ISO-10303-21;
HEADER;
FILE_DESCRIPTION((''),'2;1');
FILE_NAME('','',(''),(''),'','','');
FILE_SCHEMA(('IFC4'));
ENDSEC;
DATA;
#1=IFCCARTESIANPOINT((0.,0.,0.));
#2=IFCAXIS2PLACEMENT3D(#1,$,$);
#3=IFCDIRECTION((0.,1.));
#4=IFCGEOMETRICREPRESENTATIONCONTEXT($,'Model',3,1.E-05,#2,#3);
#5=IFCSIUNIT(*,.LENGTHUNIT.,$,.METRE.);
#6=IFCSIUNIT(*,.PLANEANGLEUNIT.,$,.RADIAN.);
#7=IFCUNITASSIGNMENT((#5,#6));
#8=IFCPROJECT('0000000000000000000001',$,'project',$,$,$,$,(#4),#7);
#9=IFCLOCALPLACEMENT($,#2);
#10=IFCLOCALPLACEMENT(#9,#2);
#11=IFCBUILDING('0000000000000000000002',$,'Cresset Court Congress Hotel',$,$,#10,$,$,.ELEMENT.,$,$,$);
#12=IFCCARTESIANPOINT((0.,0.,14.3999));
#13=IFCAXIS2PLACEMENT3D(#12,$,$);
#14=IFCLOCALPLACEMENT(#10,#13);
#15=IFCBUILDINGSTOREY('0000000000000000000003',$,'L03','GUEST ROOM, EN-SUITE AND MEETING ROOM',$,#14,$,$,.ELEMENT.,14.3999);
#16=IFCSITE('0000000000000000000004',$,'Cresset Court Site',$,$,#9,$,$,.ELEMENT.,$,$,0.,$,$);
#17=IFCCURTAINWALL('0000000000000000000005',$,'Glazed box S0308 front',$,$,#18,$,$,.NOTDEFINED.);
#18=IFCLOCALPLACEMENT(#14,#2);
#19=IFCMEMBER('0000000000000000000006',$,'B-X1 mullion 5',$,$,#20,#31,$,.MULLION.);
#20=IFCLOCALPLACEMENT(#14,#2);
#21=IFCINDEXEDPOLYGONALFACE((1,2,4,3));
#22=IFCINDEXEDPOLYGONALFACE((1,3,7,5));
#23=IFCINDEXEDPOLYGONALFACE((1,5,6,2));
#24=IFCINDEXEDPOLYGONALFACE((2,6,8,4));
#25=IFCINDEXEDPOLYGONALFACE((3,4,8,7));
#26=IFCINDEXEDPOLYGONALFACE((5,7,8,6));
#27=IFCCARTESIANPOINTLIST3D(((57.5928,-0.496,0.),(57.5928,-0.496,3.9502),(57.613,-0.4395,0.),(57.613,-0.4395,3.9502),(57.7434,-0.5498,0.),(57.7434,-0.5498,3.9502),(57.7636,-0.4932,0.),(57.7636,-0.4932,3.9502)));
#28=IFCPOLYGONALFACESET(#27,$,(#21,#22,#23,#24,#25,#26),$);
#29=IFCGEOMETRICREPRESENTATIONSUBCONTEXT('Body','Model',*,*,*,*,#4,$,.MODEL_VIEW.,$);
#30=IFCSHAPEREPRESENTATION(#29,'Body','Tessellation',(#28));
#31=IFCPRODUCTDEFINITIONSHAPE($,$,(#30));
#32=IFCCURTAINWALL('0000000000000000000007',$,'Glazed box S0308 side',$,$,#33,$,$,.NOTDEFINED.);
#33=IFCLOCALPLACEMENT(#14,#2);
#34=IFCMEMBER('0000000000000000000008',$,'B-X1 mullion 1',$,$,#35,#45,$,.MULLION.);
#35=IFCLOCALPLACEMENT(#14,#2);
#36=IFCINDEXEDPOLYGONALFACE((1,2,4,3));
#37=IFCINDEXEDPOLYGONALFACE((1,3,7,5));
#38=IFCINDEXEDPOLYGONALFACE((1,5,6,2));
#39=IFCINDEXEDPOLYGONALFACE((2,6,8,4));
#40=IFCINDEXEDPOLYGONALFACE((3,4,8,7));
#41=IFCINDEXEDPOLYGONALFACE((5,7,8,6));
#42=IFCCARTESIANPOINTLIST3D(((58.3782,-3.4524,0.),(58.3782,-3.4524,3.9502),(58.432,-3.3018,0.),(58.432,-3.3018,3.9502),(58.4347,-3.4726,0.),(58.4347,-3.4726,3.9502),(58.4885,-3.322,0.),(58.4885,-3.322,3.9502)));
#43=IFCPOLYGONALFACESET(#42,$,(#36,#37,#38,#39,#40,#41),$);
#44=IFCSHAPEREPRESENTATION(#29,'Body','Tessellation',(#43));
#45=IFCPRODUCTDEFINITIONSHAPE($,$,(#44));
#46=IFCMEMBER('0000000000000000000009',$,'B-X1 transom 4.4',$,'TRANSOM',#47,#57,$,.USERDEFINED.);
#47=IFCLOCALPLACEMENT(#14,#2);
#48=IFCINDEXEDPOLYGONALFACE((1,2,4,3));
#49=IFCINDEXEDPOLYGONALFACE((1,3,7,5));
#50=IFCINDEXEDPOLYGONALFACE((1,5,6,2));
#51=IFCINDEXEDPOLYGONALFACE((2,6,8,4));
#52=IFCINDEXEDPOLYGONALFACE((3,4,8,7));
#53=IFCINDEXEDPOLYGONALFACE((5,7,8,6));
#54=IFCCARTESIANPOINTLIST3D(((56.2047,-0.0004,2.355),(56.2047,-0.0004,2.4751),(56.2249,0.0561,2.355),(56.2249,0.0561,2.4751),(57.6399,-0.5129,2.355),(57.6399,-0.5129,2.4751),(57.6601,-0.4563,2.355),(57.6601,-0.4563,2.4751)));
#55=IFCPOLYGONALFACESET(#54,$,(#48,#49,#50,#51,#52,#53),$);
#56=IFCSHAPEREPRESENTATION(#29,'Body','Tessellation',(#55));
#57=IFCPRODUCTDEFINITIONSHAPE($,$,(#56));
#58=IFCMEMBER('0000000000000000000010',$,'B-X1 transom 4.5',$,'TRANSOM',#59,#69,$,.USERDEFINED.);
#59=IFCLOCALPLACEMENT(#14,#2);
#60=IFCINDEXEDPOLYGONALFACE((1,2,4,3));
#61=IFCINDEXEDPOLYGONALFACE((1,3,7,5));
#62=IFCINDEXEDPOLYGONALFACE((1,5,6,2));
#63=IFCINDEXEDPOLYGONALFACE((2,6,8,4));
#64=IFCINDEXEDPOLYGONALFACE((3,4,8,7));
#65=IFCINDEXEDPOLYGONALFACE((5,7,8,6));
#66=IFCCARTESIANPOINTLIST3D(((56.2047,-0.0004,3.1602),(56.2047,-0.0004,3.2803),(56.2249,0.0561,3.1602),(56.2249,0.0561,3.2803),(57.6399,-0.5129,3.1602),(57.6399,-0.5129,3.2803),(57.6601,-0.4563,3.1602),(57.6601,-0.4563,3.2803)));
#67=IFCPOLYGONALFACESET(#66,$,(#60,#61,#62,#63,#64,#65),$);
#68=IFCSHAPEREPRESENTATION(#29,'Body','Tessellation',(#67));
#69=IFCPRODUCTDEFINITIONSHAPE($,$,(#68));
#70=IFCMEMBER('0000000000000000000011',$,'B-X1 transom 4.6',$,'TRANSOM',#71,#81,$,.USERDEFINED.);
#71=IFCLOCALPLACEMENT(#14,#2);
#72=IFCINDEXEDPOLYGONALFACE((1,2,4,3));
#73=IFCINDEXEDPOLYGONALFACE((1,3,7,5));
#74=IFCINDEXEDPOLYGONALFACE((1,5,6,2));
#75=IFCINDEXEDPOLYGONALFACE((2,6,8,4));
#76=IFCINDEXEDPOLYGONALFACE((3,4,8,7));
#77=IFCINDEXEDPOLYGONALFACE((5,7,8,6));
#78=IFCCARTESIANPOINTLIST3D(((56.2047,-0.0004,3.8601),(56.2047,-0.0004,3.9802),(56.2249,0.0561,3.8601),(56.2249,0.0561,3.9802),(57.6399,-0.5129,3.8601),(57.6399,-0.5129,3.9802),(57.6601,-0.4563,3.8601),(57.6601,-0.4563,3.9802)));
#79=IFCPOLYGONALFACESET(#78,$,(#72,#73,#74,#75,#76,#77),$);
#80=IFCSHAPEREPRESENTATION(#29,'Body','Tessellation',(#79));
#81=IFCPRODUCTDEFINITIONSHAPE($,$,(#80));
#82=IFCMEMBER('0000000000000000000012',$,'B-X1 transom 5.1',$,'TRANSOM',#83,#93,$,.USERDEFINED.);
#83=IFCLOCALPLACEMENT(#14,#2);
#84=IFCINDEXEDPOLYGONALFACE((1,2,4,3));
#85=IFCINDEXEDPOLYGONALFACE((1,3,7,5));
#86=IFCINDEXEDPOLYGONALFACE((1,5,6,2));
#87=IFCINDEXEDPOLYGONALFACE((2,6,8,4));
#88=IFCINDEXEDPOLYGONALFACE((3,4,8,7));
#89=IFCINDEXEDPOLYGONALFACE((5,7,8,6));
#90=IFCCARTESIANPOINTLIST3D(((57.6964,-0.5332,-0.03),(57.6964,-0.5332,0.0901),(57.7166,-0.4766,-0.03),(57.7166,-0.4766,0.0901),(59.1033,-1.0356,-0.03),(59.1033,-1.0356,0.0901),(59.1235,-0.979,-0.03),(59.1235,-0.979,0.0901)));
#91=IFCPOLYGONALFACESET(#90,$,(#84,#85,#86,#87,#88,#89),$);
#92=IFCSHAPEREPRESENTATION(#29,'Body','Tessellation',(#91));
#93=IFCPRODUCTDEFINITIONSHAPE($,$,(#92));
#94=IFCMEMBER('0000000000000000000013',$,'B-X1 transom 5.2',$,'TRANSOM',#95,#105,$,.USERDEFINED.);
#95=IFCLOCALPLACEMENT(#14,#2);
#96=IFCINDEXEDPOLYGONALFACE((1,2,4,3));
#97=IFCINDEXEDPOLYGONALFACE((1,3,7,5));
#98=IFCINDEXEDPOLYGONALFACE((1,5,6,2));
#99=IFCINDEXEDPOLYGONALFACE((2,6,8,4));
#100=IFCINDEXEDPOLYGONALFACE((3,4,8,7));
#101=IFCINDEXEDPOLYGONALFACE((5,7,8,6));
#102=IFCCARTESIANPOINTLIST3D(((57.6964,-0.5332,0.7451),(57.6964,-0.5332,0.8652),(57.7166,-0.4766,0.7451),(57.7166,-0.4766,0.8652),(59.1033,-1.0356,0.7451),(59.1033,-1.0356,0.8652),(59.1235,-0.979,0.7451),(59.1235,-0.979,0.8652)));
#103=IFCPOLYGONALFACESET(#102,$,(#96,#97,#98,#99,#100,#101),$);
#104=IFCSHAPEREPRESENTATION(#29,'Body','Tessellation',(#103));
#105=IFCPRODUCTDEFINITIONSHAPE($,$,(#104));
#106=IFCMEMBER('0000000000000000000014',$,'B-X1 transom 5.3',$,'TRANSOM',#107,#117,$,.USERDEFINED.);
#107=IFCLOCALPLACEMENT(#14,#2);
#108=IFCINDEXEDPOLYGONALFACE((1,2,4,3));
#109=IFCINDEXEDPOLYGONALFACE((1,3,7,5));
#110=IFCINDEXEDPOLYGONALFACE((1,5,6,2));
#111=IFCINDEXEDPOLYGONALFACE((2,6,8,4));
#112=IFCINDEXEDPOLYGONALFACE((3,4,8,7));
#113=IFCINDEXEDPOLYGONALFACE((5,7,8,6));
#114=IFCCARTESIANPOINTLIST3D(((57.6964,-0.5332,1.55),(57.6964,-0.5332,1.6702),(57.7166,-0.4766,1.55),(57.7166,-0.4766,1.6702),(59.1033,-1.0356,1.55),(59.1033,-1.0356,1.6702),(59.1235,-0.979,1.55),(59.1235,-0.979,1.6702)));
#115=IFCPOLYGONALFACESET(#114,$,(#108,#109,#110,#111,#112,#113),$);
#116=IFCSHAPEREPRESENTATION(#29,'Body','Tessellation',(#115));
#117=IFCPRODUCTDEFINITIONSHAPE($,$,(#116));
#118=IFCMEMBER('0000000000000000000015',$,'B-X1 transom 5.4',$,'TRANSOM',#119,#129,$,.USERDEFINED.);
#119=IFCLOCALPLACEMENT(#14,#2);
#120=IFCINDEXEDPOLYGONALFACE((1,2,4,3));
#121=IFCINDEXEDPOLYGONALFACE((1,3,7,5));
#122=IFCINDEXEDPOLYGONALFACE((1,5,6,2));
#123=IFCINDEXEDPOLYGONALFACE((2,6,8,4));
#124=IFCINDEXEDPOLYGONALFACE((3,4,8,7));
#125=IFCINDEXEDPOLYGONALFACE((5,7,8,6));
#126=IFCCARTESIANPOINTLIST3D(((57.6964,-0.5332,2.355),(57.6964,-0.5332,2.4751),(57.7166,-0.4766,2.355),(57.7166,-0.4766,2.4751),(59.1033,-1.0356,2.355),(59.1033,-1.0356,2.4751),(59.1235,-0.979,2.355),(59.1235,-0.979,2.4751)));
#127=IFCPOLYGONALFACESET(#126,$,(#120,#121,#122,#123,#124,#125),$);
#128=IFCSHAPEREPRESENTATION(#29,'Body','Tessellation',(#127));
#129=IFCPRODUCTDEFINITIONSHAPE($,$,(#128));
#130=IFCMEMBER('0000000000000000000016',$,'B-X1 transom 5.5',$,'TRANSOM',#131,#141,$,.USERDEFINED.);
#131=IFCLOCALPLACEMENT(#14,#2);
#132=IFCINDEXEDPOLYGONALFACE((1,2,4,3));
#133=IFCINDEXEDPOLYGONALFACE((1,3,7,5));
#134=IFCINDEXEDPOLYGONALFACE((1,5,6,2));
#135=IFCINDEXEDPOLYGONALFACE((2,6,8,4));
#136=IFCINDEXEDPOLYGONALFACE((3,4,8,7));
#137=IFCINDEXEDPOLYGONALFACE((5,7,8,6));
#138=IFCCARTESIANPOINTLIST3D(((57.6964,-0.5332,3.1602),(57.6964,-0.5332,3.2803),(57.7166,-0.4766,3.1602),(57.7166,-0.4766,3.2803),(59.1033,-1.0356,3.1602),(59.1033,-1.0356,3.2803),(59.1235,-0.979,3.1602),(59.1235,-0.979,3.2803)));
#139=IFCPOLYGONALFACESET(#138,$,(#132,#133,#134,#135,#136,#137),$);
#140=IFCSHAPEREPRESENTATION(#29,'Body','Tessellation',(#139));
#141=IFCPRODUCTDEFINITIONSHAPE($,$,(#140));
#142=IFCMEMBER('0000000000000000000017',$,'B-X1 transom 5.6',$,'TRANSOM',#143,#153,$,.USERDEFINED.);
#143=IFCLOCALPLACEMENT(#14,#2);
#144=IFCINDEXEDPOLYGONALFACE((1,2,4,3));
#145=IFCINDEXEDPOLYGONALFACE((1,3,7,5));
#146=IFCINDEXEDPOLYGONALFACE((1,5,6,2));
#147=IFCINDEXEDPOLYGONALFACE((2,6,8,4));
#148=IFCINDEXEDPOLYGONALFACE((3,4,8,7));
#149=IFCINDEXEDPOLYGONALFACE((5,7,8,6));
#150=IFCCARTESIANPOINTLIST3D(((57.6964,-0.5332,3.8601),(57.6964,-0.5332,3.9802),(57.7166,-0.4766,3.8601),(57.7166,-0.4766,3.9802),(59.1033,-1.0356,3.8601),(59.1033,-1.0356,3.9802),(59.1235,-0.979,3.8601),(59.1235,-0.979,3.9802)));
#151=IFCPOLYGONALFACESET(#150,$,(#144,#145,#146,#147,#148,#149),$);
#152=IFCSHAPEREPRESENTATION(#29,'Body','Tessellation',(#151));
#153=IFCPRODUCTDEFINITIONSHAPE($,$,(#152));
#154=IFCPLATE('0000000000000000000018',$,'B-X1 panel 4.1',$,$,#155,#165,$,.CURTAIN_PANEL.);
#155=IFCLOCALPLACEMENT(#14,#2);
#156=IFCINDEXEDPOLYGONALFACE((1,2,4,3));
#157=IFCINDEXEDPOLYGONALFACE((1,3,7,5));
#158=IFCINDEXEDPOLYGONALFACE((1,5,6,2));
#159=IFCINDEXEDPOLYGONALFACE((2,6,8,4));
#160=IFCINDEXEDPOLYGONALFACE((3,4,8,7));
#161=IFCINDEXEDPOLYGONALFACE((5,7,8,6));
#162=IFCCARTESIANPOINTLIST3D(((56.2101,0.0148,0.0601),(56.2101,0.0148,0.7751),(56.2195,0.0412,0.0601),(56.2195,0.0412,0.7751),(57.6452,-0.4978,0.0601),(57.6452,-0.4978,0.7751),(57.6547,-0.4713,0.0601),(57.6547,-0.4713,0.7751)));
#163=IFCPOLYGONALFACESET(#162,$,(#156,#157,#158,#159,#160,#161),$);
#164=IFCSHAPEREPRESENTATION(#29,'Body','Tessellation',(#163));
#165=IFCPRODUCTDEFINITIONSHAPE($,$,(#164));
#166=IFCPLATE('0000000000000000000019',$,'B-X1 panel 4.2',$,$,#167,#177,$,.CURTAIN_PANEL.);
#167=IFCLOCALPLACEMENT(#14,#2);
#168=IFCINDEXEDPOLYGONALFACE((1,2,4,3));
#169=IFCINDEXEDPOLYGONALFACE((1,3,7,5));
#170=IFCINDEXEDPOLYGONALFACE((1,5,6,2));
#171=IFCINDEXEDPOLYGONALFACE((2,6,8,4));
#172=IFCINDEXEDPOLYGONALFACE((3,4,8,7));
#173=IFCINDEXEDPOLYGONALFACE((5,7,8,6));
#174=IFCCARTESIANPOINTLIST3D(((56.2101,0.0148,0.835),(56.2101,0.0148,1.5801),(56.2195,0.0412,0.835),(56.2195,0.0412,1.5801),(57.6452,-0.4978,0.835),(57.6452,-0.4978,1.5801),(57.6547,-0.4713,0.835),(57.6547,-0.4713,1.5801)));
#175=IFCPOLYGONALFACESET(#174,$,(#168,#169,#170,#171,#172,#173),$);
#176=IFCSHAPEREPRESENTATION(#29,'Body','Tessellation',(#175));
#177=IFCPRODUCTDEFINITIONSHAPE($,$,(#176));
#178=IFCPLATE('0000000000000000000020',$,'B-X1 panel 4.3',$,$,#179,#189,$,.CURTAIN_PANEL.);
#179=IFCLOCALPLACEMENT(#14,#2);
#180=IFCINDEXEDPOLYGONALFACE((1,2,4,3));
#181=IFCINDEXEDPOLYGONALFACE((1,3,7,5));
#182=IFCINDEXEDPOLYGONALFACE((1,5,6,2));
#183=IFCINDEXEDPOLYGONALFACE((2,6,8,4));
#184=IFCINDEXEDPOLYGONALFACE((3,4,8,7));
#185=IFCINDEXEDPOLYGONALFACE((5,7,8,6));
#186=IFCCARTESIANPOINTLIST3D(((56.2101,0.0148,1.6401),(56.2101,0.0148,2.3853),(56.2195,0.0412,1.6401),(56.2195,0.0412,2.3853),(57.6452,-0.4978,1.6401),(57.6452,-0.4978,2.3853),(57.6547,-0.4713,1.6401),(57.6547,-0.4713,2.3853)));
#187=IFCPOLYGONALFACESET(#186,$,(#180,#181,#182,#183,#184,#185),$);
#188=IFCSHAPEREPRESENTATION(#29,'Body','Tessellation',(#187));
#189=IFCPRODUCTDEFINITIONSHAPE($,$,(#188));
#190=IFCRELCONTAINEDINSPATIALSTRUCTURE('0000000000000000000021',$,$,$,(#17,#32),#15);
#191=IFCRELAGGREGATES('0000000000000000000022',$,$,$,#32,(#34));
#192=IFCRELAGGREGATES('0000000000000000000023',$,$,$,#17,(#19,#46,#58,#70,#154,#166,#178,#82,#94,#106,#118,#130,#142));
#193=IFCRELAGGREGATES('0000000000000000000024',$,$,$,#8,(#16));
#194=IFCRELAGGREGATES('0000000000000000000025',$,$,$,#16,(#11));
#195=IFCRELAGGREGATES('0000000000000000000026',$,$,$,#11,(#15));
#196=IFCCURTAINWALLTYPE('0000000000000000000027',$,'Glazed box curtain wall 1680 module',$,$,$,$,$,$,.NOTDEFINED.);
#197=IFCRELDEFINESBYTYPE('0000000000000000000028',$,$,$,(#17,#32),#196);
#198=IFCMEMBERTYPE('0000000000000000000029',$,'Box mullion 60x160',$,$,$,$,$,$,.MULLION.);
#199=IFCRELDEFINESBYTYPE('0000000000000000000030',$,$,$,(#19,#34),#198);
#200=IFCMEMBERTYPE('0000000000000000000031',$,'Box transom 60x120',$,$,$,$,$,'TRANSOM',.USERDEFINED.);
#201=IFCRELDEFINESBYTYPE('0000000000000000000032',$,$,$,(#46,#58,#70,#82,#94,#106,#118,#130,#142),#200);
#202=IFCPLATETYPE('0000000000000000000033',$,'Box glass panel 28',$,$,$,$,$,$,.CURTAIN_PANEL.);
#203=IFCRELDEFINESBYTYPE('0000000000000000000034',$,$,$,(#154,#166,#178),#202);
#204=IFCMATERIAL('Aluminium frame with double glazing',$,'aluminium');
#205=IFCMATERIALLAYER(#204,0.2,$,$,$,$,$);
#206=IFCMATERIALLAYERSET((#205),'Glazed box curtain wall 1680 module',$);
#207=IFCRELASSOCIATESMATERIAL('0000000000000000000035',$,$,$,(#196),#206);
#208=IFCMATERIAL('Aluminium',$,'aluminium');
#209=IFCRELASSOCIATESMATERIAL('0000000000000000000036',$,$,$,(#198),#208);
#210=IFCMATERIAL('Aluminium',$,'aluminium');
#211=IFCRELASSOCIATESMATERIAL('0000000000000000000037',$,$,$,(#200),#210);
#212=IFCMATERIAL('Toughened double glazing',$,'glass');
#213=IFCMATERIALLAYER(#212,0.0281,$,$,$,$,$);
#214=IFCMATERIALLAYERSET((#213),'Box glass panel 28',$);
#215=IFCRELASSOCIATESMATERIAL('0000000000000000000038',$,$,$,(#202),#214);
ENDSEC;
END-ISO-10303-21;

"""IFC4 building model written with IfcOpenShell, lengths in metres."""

from ifc_helpers import new_model, si_unit, direction, frame, origin, origin_2d, place, context, subcontext, project, spatial, rectangle, extrude, material, layer, layer_set, material_profile, profile_set, type_object, element, aggregate, save


model = new_model("IFC4")

# Units and contexts
model_context = context("Model", 3, precision=1e-05, world=origin(), true_north=direction((0.0, 1.0)))
body_context = subcontext(model_context, "Body", "Model", "MODEL_VIEW")
ifc_project = project(units=[si_unit("LENGTHUNIT", "METRE"), si_unit("PLANEANGLEUNIT", "RADIAN")], contexts=[model_context])

# Site, building, storey
site_placement = place(None, origin())
site = spatial("IfcSite", under=ifc_project, at=site_placement, Name="Cresset Court Site", CompositionType="ELEMENT", RefElevation=0.0)
building_placement = place(site_placement, origin())
building = spatial("IfcBuilding", under=site, at=building_placement, Name="Cresset Court Congress Hotel", CompositionType="ELEMENT")
storey_placement = place(building_placement, frame((0.0, 0.0, 14.3999)))
storey = spatial("IfcBuildingStorey", under=building, at=storey_placement, Name="L03", Description="GUEST ROOM, EN-SUITE AND MEETING ROOM", CompositionType="ELEMENT", Elevation=14.3999)

# Curtain walls, members
ifc_material_1 = material(Name="Aluminium frame with double glazing", Category="aluminium")
ifc_layer_1 = layer(ifc_material_1, 0.2)
ifc_layer_set_1 = layer_set([ifc_layer_1], Name="Glazed box curtain wall 1680 module")
curtain_wall_type = type_object("IfcCurtainWallType", Name="Glazed box curtain wall 1680 module", PredefinedType="NOTDEFINED", material=ifc_layer_set_1)
curtain_wall_1_placement = place(storey_placement, origin())
curtain_wall_1 = element("IfcCurtainWall", 1, at=curtain_wall_1_placement, inside=storey, type_object=curtain_wall_type, Name="Glazed box S0308 front", PredefinedType="NOTDEFINED")
ifc_material_2 = material(Name="Aluminium", Category="aluminium")
ifc_material_profile_1 = material_profile(ifc_material_2, rectangle(XDim=0.0601, YDim=0.1599, at=origin_2d()), Name="Box mullion 60x160")
ifc_profile_set_1 = profile_set([ifc_material_profile_1], Name="Aluminium")
member_type_1 = type_object("IfcMemberType", Name="Box mullion 60x160", PredefinedType="MULLION", material=ifc_profile_set_1)
member_1_placement = place(storey_placement, frame((57.6782, -0.4946, 0.0), z_axis=(0.0, 0.0, 1.0), x_axis=(0.336336, 0.941742, 0.0)))
member_1 = element("IfcMember", 2, at=member_1_placement, type_object=member_type_1, Name="B-X1 mullion 5", PredefinedType="MULLION", context=body_context, shape_type="SweptSolid", body=[
    extrude(rectangle(XDim=0.0601, YDim=0.1599, at=origin_2d()), origin(), (0.0, 0.0, 1.0), 3.9502),
])
curtain_wall_2_placement = place(storey_placement, origin())
curtain_wall_2 = element("IfcCurtainWall", 3, at=curtain_wall_2_placement, inside=storey, type_object=curtain_wall_type, Name="Glazed box S0308 side", PredefinedType="NOTDEFINED")
member_2_placement = place(storey_placement, frame((58.4333, -3.3872, 0.0), z_axis=(0.0, 0.0, 1.0), x_axis=(-0.941742, 0.336336, 0.0)))
member_2 = element("IfcMember", 4, at=member_2_placement, type_object=member_type_1, Name="B-X1 mullion 1", PredefinedType="MULLION", context=body_context, shape_type="SweptSolid", body=[
    extrude(rectangle(XDim=0.0601, YDim=0.1599, at=origin_2d()), origin(), (0.0, 0.0, 1.0), 3.9502),
])
aggregate(curtain_wall_2, [member_2])

# Members
ifc_material_3 = material(Name="Aluminium", Category="aluminium")
ifc_material_profile_2 = material_profile(ifc_material_3, rectangle(XDim=0.0601, YDim=0.1201, at=origin_2d()), Name="Box transom 60x120")
ifc_profile_set_2 = profile_set([ifc_material_profile_2], Name="Aluminium")
member_type_2 = type_object("IfcMemberType", Name="Box transom 60x120", ElementType="TRANSOM", PredefinedType="USERDEFINED", material=ifc_profile_set_2)
member_3_placement = place(storey_placement, frame((56.2148, 0.0278, 2.415), z_axis=(0.941775, -0.336245, 0.0), x_axis=(0.336245, 0.941775, 0.0)))
member_3 = element("IfcMember", 5, at=member_3_placement, type_object=member_type_2, Name="B-X1 transom 4.4", ObjectType="TRANSOM", PredefinedType="USERDEFINED", context=body_context, shape_type="SweptSolid", body=[
    extrude(rectangle(XDim=0.0601, YDim=0.1201, at=origin_2d()), origin(), (0.0, 0.0, 1.0), 1.5239),
])
member_4_placement = place(storey_placement, frame((56.2148, 0.0278, 3.2202), z_axis=(0.941775, -0.336245, 0.0), x_axis=(0.336245, 0.941775, 0.0)))
member_4 = element("IfcMember", 6, at=member_4_placement, type_object=member_type_2, Name="B-X1 transom 4.5", ObjectType="TRANSOM", PredefinedType="USERDEFINED", context=body_context, shape_type="SweptSolid", body=[
    extrude(rectangle(XDim=0.0601, YDim=0.1201, at=origin_2d()), origin(), (0.0, 0.0, 1.0), 1.5239),
])
member_5_placement = place(storey_placement, frame((56.2148, 0.0278, 3.9202), z_axis=(0.941775, -0.336245, 0.0), x_axis=(0.336245, 0.941775, 0.0)))
member_5 = element("IfcMember", 7, at=member_5_placement, type_object=member_type_2, Name="B-X1 transom 4.6", ObjectType="TRANSOM", PredefinedType="USERDEFINED", context=body_context, shape_type="SweptSolid", body=[
    extrude(rectangle(XDim=0.0601, YDim=0.1201, at=origin_2d()), origin(), (0.0, 0.0, 1.0), 1.5239),
])
member_6_placement = place(storey_placement, frame((57.7065, -0.5049, 0.03), z_axis=(0.941753, -0.336305, 0.0), x_axis=(0.336305, 0.941753, 0.0)))
member_6 = element("IfcMember", 8, at=member_6_placement, type_object=member_type_2, Name="B-X1 transom 5.1", ObjectType="TRANSOM", PredefinedType="USERDEFINED", context=body_context, shape_type="SweptSolid", body=[
    extrude(rectangle(XDim=0.0601, YDim=0.1201, at=origin_2d()), origin(), (0.0, 0.0, 1.0), 1.4939),
])
member_7_placement = place(storey_placement, frame((57.7065, -0.5049, 0.8052), z_axis=(0.941753, -0.336305, 0.0), x_axis=(0.336305, 0.941753, 0.0)))
member_7 = element("IfcMember", 9, at=member_7_placement, type_object=member_type_2, Name="B-X1 transom 5.2", ObjectType="TRANSOM", PredefinedType="USERDEFINED", context=body_context, shape_type="SweptSolid", body=[
    extrude(rectangle(XDim=0.0601, YDim=0.1201, at=origin_2d()), origin(), (0.0, 0.0, 1.0), 1.4939),
])
member_8_placement = place(storey_placement, frame((57.7065, -0.5049, 1.6101), z_axis=(0.941753, -0.336305, 0.0), x_axis=(0.336305, 0.941753, 0.0)))
member_8 = element("IfcMember", 10, at=member_8_placement, type_object=member_type_2, Name="B-X1 transom 5.3", ObjectType="TRANSOM", PredefinedType="USERDEFINED", context=body_context, shape_type="SweptSolid", body=[
    extrude(rectangle(XDim=0.0601, YDim=0.1201, at=origin_2d()), origin(), (0.0, 0.0, 1.0), 1.4939),
])
member_9_placement = place(storey_placement, frame((57.7065, -0.5049, 2.415), z_axis=(0.941753, -0.336305, 0.0), x_axis=(0.336305, 0.941753, 0.0)))
member_9 = element("IfcMember", 11, at=member_9_placement, type_object=member_type_2, Name="B-X1 transom 5.4", ObjectType="TRANSOM", PredefinedType="USERDEFINED", context=body_context, shape_type="SweptSolid", body=[
    extrude(rectangle(XDim=0.0601, YDim=0.1201, at=origin_2d()), origin(), (0.0, 0.0, 1.0), 1.4939),
])
member_10_placement = place(storey_placement, frame((57.7065, -0.5049, 3.2202), z_axis=(0.941753, -0.336305, 0.0), x_axis=(0.336305, 0.941753, 0.0)))
member_10 = element("IfcMember", 12, at=member_10_placement, type_object=member_type_2, Name="B-X1 transom 5.5", ObjectType="TRANSOM", PredefinedType="USERDEFINED", context=body_context, shape_type="SweptSolid", body=[
    extrude(rectangle(XDim=0.0601, YDim=0.1201, at=origin_2d()), origin(), (0.0, 0.0, 1.0), 1.4939),
])
member_11_placement = place(storey_placement, frame((57.7065, -0.5049, 3.9202), z_axis=(0.941753, -0.336305, 0.0), x_axis=(0.336305, 0.941753, 0.0)))
member_11 = element("IfcMember", 13, at=member_11_placement, type_object=member_type_2, Name="B-X1 transom 5.6", ObjectType="TRANSOM", PredefinedType="USERDEFINED", context=body_context, shape_type="SweptSolid", body=[
    extrude(rectangle(XDim=0.0601, YDim=0.1201, at=origin_2d()), origin(), (0.0, 0.0, 1.0), 1.4939),
])

# Plates
ifc_material_4 = material(Name="Toughened double glazing", Category="glass")
ifc_layer_2 = layer(ifc_material_4, 0.0281)
ifc_layer_set_2 = layer_set([ifc_layer_2], Name="Box glass panel 28")
plate_type_1 = type_object("IfcPlateType", Name="Box glass panel 28", PredefinedType="CURTAIN_PANEL", material=ifc_layer_set_2)
plate_1_placement = place(storey_placement, frame((56.9324, -0.2283, 0.0601), z_axis=(0.0, 0.0, 1.0), x_axis=(0.941742, -0.336336, 0.0)))
plate_1 = element("IfcPlate", 14, at=plate_1_placement, type_object=plate_type_1, Name="B-X1 panel 4.1", PredefinedType="CURTAIN_PANEL", context=body_context, shape_type="SweptSolid", body=[
    extrude(rectangle(XDim=1.5239, YDim=0.0281, at=origin_2d()), origin(), (0.0, 0.0, 1.0), 0.7151),
])
plate_2_placement = place(storey_placement, frame((56.9324, -0.2283, 0.835), z_axis=(0.0, 0.0, 1.0), x_axis=(0.941742, -0.336336, 0.0)))
plate_2 = element("IfcPlate", 15, at=plate_2_placement, type_object=plate_type_1, Name="B-X1 panel 4.2", PredefinedType="CURTAIN_PANEL", context=body_context, shape_type="SweptSolid", body=[
    extrude(rectangle(XDim=1.5239, YDim=0.0281, at=origin_2d()), origin(), (0.0, 0.0, 1.0), 0.7451),
])
plate_3_placement = place(storey_placement, frame((56.9324, -0.2283, 1.6401), z_axis=(0.0, 0.0, 1.0), x_axis=(0.941742, -0.336336, 0.0)))
plate_3 = element("IfcPlate", 16, at=plate_3_placement, type_object=plate_type_1, Name="B-X1 panel 4.3", PredefinedType="CURTAIN_PANEL", context=body_context, shape_type="SweptSolid", body=[
    extrude(rectangle(XDim=1.5239, YDim=0.0281, at=origin_2d()), origin(), (0.0, 0.0, 1.0), 0.7451),
])
aggregate(curtain_wall_1, [member_1, member_3, member_4, member_5, plate_1, plate_2, plate_3, member_6, member_7, member_8, member_9, member_10, member_11])

save(model, "model.ifc")
